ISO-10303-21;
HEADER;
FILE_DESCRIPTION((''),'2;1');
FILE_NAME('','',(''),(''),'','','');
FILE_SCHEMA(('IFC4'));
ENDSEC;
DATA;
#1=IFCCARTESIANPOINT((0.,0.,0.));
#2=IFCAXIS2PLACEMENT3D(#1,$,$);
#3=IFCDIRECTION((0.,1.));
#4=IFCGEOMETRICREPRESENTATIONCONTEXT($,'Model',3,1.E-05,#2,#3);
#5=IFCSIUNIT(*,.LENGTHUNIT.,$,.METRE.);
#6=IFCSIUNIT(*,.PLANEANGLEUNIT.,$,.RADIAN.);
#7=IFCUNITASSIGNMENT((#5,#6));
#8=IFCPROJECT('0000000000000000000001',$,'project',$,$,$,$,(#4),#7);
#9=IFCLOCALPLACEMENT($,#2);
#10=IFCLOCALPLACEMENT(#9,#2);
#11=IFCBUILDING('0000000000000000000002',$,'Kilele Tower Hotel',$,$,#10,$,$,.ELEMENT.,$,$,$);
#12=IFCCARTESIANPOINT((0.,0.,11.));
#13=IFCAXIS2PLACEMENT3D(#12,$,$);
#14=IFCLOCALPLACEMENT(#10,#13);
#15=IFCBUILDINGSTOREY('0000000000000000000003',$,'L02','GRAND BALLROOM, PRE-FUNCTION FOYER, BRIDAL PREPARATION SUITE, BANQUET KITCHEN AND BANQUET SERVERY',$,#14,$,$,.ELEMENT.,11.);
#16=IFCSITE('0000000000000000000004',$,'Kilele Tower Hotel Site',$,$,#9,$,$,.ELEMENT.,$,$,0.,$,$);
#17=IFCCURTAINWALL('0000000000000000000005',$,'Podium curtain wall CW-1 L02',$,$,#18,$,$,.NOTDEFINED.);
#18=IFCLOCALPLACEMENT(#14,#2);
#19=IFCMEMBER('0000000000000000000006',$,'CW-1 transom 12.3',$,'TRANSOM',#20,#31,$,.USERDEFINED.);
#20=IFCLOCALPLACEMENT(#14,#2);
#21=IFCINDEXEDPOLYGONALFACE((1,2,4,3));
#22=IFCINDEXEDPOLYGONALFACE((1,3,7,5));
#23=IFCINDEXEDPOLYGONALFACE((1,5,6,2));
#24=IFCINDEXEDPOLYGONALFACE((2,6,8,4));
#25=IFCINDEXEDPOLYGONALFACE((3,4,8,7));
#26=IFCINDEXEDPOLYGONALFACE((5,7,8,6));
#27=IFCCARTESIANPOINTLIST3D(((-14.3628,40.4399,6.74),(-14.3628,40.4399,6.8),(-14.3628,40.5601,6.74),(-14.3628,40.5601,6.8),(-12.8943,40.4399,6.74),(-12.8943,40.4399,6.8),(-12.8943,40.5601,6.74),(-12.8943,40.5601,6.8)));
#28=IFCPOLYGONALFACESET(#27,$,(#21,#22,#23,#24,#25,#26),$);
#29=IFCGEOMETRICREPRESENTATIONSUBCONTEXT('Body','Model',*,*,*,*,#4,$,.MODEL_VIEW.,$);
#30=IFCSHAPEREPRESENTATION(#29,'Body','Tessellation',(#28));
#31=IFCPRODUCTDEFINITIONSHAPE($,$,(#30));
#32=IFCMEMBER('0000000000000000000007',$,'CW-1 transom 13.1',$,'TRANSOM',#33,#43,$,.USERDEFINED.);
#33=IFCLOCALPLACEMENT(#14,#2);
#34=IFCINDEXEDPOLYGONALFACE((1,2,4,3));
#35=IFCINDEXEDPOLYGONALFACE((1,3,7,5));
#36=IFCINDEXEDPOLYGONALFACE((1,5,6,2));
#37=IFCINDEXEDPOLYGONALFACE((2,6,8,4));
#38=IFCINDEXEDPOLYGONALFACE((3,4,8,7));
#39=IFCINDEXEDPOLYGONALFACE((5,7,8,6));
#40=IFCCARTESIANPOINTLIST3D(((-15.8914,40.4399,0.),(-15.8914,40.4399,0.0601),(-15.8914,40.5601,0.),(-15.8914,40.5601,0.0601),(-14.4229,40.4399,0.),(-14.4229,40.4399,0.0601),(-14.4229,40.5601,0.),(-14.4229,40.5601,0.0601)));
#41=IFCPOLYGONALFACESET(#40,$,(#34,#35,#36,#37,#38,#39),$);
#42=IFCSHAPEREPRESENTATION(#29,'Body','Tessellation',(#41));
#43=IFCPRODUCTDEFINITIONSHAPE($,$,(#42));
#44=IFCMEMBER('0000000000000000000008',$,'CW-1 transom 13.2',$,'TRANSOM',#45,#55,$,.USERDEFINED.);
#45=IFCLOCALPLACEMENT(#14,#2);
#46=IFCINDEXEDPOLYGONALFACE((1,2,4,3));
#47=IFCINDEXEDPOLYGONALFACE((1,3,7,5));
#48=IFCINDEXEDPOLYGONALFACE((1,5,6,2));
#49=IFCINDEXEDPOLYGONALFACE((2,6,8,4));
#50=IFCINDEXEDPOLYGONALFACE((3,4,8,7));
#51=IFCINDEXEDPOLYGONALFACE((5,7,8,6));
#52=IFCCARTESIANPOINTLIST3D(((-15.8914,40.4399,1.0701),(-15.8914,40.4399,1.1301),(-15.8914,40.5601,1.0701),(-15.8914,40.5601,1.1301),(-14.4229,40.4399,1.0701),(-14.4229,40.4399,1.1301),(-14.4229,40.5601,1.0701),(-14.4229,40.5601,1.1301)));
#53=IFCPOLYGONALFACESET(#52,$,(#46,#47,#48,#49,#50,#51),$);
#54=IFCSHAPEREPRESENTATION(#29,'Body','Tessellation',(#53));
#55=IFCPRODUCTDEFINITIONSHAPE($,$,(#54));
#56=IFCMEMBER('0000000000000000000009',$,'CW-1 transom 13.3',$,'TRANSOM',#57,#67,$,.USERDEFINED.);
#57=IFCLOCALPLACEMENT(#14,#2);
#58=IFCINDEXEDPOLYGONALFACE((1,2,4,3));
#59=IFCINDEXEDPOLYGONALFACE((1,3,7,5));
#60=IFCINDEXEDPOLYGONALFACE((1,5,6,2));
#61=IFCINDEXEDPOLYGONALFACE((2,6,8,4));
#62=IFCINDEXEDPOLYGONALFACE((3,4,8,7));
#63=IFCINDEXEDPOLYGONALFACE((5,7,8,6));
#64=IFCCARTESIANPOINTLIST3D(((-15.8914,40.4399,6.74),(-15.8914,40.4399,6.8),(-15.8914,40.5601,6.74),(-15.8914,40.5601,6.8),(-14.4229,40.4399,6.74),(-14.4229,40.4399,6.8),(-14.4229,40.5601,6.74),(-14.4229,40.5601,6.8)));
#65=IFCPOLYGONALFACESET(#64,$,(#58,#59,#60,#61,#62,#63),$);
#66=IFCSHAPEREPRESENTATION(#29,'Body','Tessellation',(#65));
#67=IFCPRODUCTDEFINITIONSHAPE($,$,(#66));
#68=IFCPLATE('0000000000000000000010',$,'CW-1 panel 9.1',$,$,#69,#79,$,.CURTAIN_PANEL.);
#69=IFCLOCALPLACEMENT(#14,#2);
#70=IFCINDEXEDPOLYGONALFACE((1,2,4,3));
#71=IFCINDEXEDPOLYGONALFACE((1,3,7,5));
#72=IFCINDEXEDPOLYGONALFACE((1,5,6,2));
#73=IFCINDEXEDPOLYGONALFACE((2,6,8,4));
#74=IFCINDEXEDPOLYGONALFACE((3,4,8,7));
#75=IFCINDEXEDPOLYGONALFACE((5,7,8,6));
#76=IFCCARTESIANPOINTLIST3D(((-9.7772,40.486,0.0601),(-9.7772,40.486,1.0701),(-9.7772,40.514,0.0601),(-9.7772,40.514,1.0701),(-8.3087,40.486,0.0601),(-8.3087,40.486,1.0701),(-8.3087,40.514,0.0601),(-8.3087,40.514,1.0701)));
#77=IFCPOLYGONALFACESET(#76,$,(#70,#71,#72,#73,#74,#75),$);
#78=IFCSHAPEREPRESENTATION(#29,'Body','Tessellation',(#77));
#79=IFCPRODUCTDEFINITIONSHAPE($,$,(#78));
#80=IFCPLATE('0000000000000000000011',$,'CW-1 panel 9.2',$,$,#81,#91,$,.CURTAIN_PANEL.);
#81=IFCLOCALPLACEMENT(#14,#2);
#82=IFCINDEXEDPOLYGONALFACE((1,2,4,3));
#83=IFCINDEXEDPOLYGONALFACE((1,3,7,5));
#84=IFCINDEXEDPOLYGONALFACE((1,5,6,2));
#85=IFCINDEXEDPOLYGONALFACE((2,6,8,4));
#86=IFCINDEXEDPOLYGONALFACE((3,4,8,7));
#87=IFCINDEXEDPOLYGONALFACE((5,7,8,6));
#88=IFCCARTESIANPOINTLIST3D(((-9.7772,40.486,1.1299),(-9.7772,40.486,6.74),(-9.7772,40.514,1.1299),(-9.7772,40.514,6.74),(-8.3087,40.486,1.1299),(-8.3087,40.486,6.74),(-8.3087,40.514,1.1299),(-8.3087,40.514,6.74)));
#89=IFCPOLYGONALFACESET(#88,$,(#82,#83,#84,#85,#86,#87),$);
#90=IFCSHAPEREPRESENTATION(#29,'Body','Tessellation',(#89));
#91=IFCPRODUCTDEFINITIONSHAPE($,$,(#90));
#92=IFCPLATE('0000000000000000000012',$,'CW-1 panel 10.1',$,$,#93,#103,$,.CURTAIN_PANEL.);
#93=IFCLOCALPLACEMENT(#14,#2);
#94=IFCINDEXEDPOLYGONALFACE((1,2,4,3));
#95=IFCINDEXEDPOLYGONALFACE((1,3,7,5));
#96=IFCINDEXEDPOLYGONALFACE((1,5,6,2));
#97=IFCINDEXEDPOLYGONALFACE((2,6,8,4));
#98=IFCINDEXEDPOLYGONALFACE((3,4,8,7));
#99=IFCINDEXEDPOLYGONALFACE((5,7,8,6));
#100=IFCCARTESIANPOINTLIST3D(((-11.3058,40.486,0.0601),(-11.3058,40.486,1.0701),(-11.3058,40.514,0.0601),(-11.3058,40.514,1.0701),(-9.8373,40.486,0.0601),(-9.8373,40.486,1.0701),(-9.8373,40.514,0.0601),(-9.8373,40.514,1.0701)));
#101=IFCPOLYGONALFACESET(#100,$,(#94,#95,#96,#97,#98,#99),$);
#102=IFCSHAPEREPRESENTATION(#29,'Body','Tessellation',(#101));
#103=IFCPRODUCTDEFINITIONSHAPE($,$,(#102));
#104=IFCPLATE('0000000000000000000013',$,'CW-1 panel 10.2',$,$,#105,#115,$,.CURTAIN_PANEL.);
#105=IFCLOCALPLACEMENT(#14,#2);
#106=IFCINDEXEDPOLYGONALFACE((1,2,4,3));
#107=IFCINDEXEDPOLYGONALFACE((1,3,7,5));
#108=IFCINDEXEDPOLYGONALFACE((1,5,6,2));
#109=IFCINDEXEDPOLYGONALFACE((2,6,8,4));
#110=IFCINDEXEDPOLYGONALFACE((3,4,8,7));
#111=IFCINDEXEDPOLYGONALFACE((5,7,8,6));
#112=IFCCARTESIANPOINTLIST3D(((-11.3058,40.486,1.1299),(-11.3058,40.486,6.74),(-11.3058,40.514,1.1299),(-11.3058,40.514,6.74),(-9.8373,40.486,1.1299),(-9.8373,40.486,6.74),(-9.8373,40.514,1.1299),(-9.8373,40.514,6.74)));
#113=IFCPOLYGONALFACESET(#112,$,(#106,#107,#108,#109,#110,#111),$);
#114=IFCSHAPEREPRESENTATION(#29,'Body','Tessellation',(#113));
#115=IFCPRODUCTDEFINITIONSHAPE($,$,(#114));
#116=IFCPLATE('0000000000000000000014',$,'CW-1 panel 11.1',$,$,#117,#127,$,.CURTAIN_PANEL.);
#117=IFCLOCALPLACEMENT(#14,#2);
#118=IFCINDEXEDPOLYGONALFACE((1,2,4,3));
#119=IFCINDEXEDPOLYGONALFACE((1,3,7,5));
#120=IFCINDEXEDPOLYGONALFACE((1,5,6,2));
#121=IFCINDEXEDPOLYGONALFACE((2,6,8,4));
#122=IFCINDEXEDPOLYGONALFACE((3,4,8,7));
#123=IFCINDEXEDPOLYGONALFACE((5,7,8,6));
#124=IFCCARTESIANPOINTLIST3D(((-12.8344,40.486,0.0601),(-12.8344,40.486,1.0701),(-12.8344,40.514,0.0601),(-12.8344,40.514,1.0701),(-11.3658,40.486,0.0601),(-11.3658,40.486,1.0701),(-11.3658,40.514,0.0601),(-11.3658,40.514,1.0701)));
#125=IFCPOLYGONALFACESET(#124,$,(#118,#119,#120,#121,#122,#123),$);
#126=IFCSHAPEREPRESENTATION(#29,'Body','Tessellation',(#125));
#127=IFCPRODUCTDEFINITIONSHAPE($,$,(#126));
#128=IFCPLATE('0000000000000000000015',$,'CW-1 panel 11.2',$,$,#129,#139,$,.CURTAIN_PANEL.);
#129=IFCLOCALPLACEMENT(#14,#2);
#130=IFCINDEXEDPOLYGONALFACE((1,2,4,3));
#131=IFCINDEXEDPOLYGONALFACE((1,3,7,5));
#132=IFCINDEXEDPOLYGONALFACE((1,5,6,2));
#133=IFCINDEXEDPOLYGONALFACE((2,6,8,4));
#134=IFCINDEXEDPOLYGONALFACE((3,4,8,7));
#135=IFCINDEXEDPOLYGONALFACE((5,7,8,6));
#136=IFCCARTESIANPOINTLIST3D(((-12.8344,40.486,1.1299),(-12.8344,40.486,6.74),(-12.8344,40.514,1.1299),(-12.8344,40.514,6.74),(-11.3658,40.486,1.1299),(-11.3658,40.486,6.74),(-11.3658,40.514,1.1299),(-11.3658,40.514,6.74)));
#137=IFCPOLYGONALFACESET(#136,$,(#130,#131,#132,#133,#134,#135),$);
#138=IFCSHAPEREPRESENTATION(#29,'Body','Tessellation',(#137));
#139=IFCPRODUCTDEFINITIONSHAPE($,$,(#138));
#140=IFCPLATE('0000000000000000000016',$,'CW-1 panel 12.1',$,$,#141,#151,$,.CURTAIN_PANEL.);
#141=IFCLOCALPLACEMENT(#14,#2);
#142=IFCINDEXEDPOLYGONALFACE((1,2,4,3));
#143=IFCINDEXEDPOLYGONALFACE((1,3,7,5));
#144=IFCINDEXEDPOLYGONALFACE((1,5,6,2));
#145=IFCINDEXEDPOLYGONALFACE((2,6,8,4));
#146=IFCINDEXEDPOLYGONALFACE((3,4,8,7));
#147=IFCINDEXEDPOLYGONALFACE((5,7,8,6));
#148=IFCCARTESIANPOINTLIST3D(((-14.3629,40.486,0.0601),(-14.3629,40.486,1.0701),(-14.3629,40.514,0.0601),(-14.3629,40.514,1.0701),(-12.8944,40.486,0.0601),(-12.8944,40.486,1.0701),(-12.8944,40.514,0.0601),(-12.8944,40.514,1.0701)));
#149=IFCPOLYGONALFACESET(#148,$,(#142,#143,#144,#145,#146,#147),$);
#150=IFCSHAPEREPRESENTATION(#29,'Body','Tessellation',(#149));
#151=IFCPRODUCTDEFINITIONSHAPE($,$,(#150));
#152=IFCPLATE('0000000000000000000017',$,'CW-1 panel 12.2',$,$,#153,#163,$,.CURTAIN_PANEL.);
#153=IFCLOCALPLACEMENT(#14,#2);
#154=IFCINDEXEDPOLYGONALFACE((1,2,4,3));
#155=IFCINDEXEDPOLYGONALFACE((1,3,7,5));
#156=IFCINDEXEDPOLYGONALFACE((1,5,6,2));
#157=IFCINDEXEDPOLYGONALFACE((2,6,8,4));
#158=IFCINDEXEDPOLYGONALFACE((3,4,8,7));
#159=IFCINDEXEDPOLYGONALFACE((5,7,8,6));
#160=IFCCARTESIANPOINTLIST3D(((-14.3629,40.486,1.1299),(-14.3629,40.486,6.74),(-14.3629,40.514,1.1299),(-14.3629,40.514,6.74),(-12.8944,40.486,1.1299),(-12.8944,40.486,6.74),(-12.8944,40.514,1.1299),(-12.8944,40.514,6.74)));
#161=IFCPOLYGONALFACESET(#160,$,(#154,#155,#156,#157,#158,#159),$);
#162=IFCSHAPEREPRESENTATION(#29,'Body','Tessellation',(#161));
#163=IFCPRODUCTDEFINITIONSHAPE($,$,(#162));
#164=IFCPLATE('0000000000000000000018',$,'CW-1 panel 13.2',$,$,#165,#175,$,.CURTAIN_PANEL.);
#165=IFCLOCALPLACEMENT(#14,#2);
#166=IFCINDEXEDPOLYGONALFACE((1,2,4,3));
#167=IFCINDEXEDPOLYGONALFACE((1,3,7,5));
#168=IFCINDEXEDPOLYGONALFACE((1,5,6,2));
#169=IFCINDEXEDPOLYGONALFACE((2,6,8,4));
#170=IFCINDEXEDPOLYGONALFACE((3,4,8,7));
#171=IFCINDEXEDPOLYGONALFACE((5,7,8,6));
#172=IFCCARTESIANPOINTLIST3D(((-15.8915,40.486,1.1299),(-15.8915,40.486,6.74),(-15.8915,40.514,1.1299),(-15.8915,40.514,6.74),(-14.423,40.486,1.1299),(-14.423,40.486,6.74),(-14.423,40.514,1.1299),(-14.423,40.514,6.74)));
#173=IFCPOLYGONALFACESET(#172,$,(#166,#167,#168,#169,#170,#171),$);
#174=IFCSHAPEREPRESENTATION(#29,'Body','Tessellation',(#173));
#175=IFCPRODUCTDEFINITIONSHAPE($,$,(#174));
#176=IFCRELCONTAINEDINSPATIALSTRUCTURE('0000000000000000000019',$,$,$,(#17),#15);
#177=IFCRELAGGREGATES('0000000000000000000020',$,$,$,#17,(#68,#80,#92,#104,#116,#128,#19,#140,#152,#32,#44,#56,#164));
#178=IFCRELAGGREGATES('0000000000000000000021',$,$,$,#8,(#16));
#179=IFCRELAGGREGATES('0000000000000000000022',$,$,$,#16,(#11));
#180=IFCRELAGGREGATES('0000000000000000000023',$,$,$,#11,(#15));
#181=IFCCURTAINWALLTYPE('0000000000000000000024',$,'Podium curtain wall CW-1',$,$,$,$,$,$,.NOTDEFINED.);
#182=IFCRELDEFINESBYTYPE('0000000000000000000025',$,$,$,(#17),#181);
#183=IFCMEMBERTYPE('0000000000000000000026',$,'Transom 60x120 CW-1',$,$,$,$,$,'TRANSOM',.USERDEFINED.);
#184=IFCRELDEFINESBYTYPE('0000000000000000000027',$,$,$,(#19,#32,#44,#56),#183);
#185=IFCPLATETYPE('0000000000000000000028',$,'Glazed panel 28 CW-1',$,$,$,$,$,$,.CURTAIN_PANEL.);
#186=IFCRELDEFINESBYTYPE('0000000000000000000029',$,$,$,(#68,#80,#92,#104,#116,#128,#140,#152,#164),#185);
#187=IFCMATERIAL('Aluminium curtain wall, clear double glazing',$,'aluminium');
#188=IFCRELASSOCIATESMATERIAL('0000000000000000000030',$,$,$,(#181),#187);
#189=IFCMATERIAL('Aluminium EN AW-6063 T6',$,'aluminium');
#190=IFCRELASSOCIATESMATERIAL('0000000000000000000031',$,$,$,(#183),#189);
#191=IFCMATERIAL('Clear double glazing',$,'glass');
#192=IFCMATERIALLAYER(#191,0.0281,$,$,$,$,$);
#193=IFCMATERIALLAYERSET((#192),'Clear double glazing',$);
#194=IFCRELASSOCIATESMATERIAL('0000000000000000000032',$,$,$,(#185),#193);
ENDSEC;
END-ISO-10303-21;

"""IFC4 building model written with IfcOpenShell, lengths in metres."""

from ifc_helpers import new_model, si_unit, direction, frame, origin, origin_2d, place, context, subcontext, project, spatial, rectangle, extrude, material, layer, layer_set, material_profile, profile_set, type_object, element, aggregate, save


model = new_model("IFC4")

# Units and contexts
model_context = context("Model", 3, precision=1e-05, world=origin(), true_north=direction((0.0, 1.0)))
body_context = subcontext(model_context, "Body", "Model", "MODEL_VIEW")
ifc_project = project(units=[si_unit("LENGTHUNIT", "METRE"), si_unit("PLANEANGLEUNIT", "RADIAN")], contexts=[model_context])

# Site, building, storey
site_placement = place(None, origin())
site = spatial("IfcSite", under=ifc_project, at=site_placement, Name="Kilele Tower Hotel Site", CompositionType="ELEMENT", RefElevation=0.0)
building_placement = place(site_placement, origin())
building = spatial("IfcBuilding", under=site, at=building_placement, Name="Kilele Tower Hotel", CompositionType="ELEMENT")
storey_placement = place(building_placement, frame((0.0, 0.0, 11.0)))
storey = spatial("IfcBuildingStorey", under=building, at=storey_placement, Name="L02", Description="GRAND BALLROOM, PRE-FUNCTION FOYER, BRIDAL PREPARATION SUITE, BANQUET KITCHEN AND BANQUET SERVERY", CompositionType="ELEMENT", Elevation=11.0)

# Curtain wall, members, plates
ifc_material_1 = material(Name="Aluminium curtain wall, clear double glazing", Category="aluminium")
curtain_wall_type = type_object("IfcCurtainWallType", Name="Podium curtain wall CW-1", PredefinedType="NOTDEFINED", material=ifc_material_1)
curtain_wall_placement = place(storey_placement, origin())
curtain_wall = element("IfcCurtainWall", 1, at=curtain_wall_placement, inside=storey, type_object=curtain_wall_type, Name="Podium curtain wall CW-1 L02", PredefinedType="NOTDEFINED")
ifc_material_2 = material(Name="Aluminium EN AW-6063 T6", Category="aluminium")
ifc_material_profile_1 = material_profile(ifc_material_2, rectangle(XDim=0.1201, YDim=0.0601, at=origin_2d()))
ifc_profile_set_1 = profile_set([ifc_material_profile_1], Name="Aluminium EN AW-6063 T6")
member_type_1 = type_object("IfcMemberType", Name="Transom 60x120 CW-1", ElementType="TRANSOM", PredefinedType="USERDEFINED", material=ifc_profile_set_1)
member_1_placement = place(storey_placement, frame((-12.8943, 40.5, 6.77), z_axis=(-1.0, 0.0, 0.0), x_axis=(0.0, -1.0, 0.0)))
member_1 = element("IfcMember", 2, at=member_1_placement, type_object=member_type_1, Name="CW-1 transom 12.3", ObjectType="TRANSOM", PredefinedType="USERDEFINED", context=body_context, shape_type="SweptSolid", body=[
    extrude(rectangle(XDim=0.1201, YDim=0.0601, at=origin_2d()), origin(), (0.0, 0.0, 1.0), 1.4685),
])
member_2_placement = place(storey_placement, frame((-14.4229, 40.5, 0.03), z_axis=(-1.0, 0.0, 0.0), x_axis=(0.0, -1.0, 0.0)))
member_2 = element("IfcMember", 3, at=member_2_placement, type_object=member_type_1, Name="CW-1 transom 13.1", ObjectType="TRANSOM", PredefinedType="USERDEFINED", context=body_context, shape_type="SweptSolid", body=[
    extrude(rectangle(XDim=0.1201, YDim=0.0601, at=origin_2d()), origin(), (0.0, 0.0, 1.0), 1.4685),
])
member_3_placement = place(storey_placement, frame((-14.4229, 40.5, 1.1001), z_axis=(-1.0, 0.0, 0.0), x_axis=(0.0, -1.0, 0.0)))
member_3 = element("IfcMember", 4, at=member_3_placement, type_object=member_type_1, Name="CW-1 transom 13.2", ObjectType="TRANSOM", PredefinedType="USERDEFINED", context=body_context, shape_type="SweptSolid", body=[
    extrude(rectangle(XDim=0.1201, YDim=0.0601, at=origin_2d()), origin(), (0.0, 0.0, 1.0), 1.4685),
])
member_4_placement = place(storey_placement, frame((-14.4229, 40.5, 6.77), z_axis=(-1.0, 0.0, 0.0), x_axis=(0.0, -1.0, 0.0)))
member_4 = element("IfcMember", 5, at=member_4_placement, type_object=member_type_1, Name="CW-1 transom 13.3", ObjectType="TRANSOM", PredefinedType="USERDEFINED", context=body_context, shape_type="SweptSolid", body=[
    extrude(rectangle(XDim=0.1201, YDim=0.0601, at=origin_2d()), origin(), (0.0, 0.0, 1.0), 1.4685),
])
ifc_material_3 = material(Name="Clear double glazing", Category="glass")
ifc_layer = layer(ifc_material_3, 0.0281)
ifc_layer_set = layer_set([ifc_layer], Name="Clear double glazing")
plate_type = type_object("IfcPlateType", Name="Glazed panel 28 CW-1", PredefinedType="CURTAIN_PANEL", material=ifc_layer_set)
plate_1_placement = place(storey_placement, frame((-9.043, 40.5, 0.0601), z_axis=(0.0, 0.0, 1.0), x_axis=(-1.0, 0.0, 0.0)))
plate_1 = element("IfcPlate", 6, at=plate_1_placement, type_object=plate_type, Name="CW-1 panel 9.1", PredefinedType="CURTAIN_PANEL", context=body_context, shape_type="SweptSolid", body=[
    extrude(rectangle(XDim=1.4685, YDim=0.0281, at=origin_2d()), origin(), (0.0, 0.0, 1.0), 1.01),
])
plate_2_placement = place(storey_placement, frame((-9.043, 40.5, 1.1299), z_axis=(0.0, 0.0, 1.0), x_axis=(-1.0, 0.0, 0.0)))
plate_2 = element("IfcPlate", 7, at=plate_2_placement, type_object=plate_type, Name="CW-1 panel 9.2", PredefinedType="CURTAIN_PANEL", context=body_context, shape_type="SweptSolid", body=[
    extrude(rectangle(XDim=1.4685, YDim=0.0281, at=origin_2d()), origin(), (0.0, 0.0, 1.0), 5.6101),
])
plate_3_placement = place(storey_placement, frame((-10.5715, 40.5, 0.0601), z_axis=(0.0, 0.0, 1.0), x_axis=(-1.0, 0.0, 0.0)))
plate_3 = element("IfcPlate", 8, at=plate_3_placement, type_object=plate_type, Name="CW-1 panel 10.1", PredefinedType="CURTAIN_PANEL", context=body_context, shape_type="SweptSolid", body=[
    extrude(rectangle(XDim=1.4685, YDim=0.0281, at=origin_2d()), origin(), (0.0, 0.0, 1.0), 1.01),
])
plate_4_placement = place(storey_placement, frame((-10.5715, 40.5, 1.1299), z_axis=(0.0, 0.0, 1.0), x_axis=(-1.0, 0.0, 0.0)))
plate_4 = element("IfcPlate", 9, at=plate_4_placement, type_object=plate_type, Name="CW-1 panel 10.2", PredefinedType="CURTAIN_PANEL", context=body_context, shape_type="SweptSolid", body=[
    extrude(rectangle(XDim=1.4685, YDim=0.0281, at=origin_2d()), origin(), (0.0, 0.0, 1.0), 5.6101),
])
plate_5_placement = place(storey_placement, frame((-12.1001, 40.5, 0.0601), z_axis=(0.0, 0.0, 1.0), x_axis=(-1.0, 0.0, 0.0)))
plate_5 = element("IfcPlate", 10, at=plate_5_placement, type_object=plate_type, Name="CW-1 panel 11.1", PredefinedType="CURTAIN_PANEL", context=body_context, shape_type="SweptSolid", body=[
    extrude(rectangle(XDim=1.4685, YDim=0.0281, at=origin_2d()), origin(), (0.0, 0.0, 1.0), 1.01),
])
plate_6_placement = place(storey_placement, frame((-12.1001, 40.5, 1.1299), z_axis=(0.0, 0.0, 1.0), x_axis=(-1.0, 0.0, 0.0)))
plate_6 = element("IfcPlate", 11, at=plate_6_placement, type_object=plate_type, Name="CW-1 panel 11.2", PredefinedType="CURTAIN_PANEL", context=body_context, shape_type="SweptSolid", body=[
    extrude(rectangle(XDim=1.4685, YDim=0.0281, at=origin_2d()), origin(), (0.0, 0.0, 1.0), 5.6101),
])
plate_7_placement = place(storey_placement, frame((-13.6287, 40.5, 0.0601), z_axis=(0.0, 0.0, 1.0), x_axis=(-1.0, 0.0, 0.0)))
plate_7 = element("IfcPlate", 12, at=plate_7_placement, type_object=plate_type, Name="CW-1 panel 12.1", PredefinedType="CURTAIN_PANEL", context=body_context, shape_type="SweptSolid", body=[
    extrude(rectangle(XDim=1.4685, YDim=0.0281, at=origin_2d()), origin(), (0.0, 0.0, 1.0), 1.01),
])
plate_8_placement = place(storey_placement, frame((-13.6287, 40.5, 1.1299), z_axis=(0.0, 0.0, 1.0), x_axis=(-1.0, 0.0, 0.0)))
plate_8 = element("IfcPlate", 13, at=plate_8_placement, type_object=plate_type, Name="CW-1 panel 12.2", PredefinedType="CURTAIN_PANEL", context=body_context, shape_type="SweptSolid", body=[
    extrude(rectangle(XDim=1.4685, YDim=0.0281, at=origin_2d()), origin(), (0.0, 0.0, 1.0), 5.6101),
])
plate_9_placement = place(storey_placement, frame((-15.1572, 40.5, 1.1299), z_axis=(0.0, 0.0, 1.0), x_axis=(-1.0, 0.0, 0.0)))
plate_9 = element("IfcPlate", 14, at=plate_9_placement, type_object=plate_type, Name="CW-1 panel 13.2", PredefinedType="CURTAIN_PANEL", context=body_context, shape_type="SweptSolid", body=[
    extrude(rectangle(XDim=1.4685, YDim=0.0281, at=origin_2d()), origin(), (0.0, 0.0, 1.0), 5.6101),
])
aggregate(curtain_wall, [plate_1, plate_2, plate_3, plate_4, plate_5, plate_6, member_1, plate_7, plate_8, member_2, member_3, member_4, plate_9])

save(model, "model.ifc")
